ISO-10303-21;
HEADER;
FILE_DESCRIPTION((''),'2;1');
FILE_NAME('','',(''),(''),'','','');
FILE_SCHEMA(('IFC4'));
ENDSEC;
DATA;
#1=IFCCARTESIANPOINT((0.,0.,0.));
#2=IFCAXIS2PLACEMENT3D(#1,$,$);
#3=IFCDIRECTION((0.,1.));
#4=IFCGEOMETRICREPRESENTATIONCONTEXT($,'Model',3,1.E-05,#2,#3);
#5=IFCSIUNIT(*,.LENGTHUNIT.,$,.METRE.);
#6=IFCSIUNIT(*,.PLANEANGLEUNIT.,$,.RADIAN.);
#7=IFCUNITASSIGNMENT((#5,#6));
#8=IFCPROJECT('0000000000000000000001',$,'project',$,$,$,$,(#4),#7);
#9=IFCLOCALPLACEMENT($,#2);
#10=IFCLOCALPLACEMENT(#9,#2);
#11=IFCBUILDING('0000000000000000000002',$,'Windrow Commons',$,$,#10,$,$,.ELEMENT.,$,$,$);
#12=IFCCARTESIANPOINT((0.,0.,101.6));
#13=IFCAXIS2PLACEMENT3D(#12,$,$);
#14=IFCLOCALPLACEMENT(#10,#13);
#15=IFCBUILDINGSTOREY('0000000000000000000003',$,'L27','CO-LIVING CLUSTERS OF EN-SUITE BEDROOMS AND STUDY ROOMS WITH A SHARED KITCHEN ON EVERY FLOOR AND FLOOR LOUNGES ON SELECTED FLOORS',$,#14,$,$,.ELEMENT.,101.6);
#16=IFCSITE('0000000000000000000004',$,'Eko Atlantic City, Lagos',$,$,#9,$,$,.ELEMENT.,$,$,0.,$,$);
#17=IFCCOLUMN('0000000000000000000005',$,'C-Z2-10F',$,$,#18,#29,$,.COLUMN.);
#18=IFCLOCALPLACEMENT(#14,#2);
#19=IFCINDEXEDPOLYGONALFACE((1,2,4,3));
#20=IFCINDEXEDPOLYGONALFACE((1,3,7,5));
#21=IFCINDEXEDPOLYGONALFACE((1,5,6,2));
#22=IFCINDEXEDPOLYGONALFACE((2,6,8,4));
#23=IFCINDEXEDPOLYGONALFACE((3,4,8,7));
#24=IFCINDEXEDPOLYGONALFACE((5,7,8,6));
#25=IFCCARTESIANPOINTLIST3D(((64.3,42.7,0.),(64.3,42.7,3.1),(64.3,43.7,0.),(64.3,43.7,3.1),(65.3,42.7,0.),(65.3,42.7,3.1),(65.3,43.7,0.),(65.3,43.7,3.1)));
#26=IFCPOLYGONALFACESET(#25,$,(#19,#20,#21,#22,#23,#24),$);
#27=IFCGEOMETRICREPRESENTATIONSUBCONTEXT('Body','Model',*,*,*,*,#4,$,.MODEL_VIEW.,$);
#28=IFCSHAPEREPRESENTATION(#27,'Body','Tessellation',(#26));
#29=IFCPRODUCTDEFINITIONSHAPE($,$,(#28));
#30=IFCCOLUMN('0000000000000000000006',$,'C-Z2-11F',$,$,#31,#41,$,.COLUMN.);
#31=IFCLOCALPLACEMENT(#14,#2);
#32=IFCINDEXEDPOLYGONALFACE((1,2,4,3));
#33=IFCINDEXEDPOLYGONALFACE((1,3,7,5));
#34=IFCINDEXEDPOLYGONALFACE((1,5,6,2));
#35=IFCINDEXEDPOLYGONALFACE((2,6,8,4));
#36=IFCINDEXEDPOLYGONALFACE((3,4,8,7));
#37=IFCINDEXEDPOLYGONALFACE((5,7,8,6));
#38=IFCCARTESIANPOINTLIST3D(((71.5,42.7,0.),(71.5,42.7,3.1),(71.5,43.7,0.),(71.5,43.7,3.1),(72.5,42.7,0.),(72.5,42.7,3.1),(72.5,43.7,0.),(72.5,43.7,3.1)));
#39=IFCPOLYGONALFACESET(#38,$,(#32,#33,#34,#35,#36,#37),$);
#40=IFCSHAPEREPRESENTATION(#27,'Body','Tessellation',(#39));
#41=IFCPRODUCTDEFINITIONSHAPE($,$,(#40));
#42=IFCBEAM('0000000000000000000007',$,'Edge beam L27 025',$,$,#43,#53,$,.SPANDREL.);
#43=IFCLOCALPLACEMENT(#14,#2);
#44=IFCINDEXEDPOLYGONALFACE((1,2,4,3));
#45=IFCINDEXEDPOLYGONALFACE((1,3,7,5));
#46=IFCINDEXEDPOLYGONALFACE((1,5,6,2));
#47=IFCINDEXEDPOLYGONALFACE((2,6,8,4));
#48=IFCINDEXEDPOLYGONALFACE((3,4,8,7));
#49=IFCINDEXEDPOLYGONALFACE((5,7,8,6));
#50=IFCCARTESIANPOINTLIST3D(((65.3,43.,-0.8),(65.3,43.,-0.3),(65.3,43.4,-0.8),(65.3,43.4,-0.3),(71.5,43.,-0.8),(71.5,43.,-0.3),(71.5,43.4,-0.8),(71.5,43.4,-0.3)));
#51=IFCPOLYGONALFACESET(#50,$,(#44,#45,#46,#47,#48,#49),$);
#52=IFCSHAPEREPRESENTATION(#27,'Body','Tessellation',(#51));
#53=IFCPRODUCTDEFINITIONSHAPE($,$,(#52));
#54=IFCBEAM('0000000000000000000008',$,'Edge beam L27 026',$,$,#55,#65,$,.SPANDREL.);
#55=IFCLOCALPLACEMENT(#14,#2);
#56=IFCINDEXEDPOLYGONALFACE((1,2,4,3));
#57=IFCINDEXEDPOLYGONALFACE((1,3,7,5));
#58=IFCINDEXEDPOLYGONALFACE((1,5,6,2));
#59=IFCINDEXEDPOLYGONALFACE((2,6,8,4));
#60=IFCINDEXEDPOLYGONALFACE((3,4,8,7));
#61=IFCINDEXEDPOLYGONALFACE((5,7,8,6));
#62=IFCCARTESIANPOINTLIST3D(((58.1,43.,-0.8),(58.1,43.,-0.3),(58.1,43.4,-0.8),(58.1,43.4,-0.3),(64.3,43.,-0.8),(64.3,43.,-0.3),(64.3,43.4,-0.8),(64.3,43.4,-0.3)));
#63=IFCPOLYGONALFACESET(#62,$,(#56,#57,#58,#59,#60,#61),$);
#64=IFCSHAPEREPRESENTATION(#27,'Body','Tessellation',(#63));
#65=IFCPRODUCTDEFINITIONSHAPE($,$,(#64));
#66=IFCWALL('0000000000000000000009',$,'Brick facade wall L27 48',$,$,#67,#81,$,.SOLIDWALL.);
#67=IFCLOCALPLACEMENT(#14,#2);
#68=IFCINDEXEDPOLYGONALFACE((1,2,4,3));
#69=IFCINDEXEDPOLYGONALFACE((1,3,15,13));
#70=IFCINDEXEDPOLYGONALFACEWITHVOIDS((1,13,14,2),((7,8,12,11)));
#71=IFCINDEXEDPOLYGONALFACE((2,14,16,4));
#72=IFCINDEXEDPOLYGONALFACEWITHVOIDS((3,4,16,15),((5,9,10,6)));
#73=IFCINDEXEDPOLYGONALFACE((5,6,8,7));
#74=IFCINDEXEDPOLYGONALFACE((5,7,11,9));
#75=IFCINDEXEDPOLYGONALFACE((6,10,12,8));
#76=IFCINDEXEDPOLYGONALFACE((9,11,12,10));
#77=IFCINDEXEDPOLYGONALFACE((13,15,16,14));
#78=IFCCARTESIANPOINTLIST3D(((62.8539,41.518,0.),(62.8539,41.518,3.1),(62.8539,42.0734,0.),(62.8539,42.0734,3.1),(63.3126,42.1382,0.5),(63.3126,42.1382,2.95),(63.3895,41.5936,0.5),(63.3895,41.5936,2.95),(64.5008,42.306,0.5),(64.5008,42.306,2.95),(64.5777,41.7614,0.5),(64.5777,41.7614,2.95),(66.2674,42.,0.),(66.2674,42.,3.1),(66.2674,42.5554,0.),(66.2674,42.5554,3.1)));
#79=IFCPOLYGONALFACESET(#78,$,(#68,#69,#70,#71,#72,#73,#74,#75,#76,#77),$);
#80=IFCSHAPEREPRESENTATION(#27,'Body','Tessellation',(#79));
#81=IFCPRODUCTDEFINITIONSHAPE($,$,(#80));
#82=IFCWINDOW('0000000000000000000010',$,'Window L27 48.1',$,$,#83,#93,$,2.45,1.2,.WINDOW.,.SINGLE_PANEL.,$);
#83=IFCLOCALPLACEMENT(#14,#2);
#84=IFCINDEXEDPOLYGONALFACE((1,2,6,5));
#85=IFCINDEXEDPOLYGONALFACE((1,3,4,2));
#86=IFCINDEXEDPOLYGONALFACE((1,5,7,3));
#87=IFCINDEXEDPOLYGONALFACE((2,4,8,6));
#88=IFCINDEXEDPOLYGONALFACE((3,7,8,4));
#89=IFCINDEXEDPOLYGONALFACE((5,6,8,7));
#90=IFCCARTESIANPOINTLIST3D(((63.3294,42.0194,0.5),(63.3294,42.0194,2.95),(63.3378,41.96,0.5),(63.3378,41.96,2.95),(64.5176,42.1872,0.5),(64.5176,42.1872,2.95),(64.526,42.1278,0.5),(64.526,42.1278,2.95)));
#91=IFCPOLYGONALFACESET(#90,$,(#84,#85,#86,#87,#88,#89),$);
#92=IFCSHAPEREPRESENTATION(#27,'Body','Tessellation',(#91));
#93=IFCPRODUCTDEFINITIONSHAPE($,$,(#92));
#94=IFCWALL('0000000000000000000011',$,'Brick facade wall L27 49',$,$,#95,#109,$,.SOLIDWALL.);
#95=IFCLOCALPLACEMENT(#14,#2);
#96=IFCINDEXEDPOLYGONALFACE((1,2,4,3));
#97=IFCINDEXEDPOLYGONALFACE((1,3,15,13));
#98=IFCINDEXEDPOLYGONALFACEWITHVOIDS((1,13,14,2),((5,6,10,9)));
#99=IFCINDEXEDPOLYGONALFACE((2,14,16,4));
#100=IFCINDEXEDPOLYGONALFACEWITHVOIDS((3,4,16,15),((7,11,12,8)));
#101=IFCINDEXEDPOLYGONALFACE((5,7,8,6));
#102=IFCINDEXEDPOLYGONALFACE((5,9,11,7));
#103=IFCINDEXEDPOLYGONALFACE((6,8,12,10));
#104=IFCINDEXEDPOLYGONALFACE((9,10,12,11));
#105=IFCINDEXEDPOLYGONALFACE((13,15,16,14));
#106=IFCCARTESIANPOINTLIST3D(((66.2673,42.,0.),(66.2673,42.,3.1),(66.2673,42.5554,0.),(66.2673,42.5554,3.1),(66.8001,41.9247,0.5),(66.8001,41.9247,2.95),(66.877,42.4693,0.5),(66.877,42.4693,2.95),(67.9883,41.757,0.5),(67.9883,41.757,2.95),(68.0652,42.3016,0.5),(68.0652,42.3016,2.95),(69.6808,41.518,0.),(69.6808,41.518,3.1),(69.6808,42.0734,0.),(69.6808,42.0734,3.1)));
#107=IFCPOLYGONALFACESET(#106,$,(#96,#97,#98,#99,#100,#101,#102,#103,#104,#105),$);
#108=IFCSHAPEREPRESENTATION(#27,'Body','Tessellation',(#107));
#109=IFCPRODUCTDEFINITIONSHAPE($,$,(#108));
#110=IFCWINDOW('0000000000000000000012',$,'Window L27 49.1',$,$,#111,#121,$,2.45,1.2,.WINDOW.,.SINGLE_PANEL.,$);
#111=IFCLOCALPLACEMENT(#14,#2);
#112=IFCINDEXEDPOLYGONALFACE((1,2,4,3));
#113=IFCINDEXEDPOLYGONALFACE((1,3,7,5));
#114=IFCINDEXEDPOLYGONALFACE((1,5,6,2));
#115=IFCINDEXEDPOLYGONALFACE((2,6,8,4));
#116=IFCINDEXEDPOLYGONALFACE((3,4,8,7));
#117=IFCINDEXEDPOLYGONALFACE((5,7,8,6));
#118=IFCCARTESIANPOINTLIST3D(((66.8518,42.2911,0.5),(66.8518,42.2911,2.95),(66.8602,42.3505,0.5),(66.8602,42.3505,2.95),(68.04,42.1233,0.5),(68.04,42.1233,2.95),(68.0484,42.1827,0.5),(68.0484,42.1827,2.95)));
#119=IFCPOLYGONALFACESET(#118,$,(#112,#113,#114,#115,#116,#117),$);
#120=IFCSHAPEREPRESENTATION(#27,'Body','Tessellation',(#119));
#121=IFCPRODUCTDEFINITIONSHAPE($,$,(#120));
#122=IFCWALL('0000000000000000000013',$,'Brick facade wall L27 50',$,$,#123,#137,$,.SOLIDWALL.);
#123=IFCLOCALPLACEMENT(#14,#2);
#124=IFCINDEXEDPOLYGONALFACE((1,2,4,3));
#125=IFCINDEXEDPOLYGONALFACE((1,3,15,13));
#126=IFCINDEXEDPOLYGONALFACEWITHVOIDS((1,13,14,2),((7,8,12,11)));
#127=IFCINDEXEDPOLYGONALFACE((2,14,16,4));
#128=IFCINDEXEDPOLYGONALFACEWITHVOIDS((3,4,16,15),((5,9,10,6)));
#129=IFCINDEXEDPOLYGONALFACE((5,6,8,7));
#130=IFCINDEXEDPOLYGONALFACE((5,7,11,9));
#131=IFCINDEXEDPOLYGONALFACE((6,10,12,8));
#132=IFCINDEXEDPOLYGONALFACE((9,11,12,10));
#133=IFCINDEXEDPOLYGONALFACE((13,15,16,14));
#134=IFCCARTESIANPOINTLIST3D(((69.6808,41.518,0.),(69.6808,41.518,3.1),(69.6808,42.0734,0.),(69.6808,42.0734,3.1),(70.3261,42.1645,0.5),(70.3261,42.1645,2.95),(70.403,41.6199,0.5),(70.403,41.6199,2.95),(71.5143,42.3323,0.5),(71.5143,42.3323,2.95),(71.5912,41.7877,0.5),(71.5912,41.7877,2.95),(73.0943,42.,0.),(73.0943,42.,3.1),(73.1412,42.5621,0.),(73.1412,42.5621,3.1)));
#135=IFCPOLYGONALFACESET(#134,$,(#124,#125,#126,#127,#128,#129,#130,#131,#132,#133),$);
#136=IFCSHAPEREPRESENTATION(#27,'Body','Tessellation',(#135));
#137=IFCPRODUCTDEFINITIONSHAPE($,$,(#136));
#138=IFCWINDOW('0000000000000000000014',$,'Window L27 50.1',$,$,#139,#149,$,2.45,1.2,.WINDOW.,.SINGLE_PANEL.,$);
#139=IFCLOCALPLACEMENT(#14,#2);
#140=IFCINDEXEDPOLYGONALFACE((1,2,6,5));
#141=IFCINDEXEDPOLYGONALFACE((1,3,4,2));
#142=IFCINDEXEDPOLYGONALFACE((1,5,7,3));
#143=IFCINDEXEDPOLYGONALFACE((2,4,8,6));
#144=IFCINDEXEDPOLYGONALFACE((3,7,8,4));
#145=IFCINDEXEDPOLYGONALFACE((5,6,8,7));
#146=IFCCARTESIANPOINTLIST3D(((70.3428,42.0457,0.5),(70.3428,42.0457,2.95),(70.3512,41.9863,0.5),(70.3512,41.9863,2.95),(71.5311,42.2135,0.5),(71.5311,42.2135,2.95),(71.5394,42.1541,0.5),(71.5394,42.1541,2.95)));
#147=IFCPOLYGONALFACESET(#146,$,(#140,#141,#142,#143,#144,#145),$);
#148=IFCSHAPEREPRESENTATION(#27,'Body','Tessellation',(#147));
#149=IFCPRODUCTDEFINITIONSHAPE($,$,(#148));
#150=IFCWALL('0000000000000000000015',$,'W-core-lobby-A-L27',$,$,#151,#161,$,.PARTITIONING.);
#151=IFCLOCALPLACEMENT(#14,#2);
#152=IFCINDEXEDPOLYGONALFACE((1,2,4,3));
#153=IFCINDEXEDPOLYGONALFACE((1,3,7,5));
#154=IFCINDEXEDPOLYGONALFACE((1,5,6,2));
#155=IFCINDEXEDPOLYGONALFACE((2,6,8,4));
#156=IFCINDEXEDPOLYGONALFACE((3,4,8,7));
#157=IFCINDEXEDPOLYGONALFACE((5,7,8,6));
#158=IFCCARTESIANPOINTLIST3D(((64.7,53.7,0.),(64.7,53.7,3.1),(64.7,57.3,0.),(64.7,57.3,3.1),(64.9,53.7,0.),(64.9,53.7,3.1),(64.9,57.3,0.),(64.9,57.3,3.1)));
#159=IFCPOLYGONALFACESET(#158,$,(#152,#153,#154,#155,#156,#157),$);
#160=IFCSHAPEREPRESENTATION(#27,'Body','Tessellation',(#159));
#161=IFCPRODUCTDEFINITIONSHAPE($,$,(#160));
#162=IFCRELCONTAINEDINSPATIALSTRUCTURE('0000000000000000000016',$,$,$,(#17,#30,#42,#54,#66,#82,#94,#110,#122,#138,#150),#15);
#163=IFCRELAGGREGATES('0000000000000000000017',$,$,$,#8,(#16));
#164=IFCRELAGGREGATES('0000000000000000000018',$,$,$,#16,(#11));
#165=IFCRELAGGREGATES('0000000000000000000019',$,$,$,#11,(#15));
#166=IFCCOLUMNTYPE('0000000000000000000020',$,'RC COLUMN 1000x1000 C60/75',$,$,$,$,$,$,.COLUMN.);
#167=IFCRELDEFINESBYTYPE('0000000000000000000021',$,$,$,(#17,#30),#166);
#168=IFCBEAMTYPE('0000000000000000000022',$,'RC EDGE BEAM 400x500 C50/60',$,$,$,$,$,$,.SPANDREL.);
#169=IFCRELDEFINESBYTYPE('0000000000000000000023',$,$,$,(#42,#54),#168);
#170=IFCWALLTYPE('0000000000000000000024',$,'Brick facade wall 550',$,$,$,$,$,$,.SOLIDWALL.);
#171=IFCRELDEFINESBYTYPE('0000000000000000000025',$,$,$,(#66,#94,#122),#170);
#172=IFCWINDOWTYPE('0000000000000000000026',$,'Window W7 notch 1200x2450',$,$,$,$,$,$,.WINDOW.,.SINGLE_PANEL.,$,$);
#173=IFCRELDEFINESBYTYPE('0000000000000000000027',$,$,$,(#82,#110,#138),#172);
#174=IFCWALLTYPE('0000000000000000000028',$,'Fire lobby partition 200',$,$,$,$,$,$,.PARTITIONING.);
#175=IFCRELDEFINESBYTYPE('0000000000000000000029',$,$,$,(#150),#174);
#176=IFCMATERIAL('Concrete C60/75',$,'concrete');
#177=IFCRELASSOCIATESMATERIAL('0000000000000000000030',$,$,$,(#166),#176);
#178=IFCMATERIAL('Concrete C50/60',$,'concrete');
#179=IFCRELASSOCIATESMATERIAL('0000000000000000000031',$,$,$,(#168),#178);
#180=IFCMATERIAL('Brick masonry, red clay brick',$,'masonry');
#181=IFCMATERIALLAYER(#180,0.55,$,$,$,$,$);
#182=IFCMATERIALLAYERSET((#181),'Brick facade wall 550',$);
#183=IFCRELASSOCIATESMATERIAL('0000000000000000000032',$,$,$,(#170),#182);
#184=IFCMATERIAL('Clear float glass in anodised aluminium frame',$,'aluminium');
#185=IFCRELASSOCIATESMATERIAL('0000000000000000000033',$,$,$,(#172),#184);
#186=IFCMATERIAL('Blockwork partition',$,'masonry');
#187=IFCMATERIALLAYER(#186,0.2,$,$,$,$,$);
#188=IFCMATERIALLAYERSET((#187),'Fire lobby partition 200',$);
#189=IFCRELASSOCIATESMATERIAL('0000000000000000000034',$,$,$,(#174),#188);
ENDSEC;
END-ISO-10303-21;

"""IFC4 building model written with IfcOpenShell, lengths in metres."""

from ifc_helpers import new_model, si_unit, direction, frame, frame_2d, origin, origin_2d, place, context, subcontext, project, spatial, polyline, rectangle, outline, extrude, material, layer, layer_set, material_profile, profile_set, type_object, element, fill, save


model = new_model("IFC4")

# Units and contexts
model_context = context("Model", 3, precision=1e-05, world=origin(), true_north=direction((0.0, 1.0)))
body_context = subcontext(model_context, "Body", "Model", "MODEL_VIEW")
ifc_project = project(units=[si_unit("LENGTHUNIT", "METRE"), si_unit("PLANEANGLEUNIT", "RADIAN")], contexts=[model_context])

# Site, building, storey
site_placement = place(None, origin())
site = spatial("IfcSite", under=ifc_project, at=site_placement, Name="Eko Atlantic City, Lagos", CompositionType="ELEMENT", RefElevation=0.0)
building_placement = place(site_placement, origin())
building = spatial("IfcBuilding", under=site, at=building_placement, Name="Windrow Commons", CompositionType="ELEMENT")
storey_placement = place(building_placement, frame((0.0, 0.0, 101.6)))
storey = spatial("IfcBuildingStorey", under=building, at=storey_placement, Name="L27", Description="CO-LIVING CLUSTERS OF EN-SUITE BEDROOMS AND STUDY ROOMS WITH A SHARED KITCHEN ON EVERY FLOOR AND FLOOR LOUNGES ON SELECTED FLOORS", CompositionType="ELEMENT", Elevation=101.6)

# Columns
ifc_material_1 = material(Name="Concrete C60/75", Category="concrete")
ifc_material_profile_1 = material_profile(ifc_material_1, rectangle(XDim=1.0, YDim=1.0, at=origin_2d()))
ifc_profile_set_1 = profile_set([ifc_material_profile_1], Name="Concrete C60/75")
column_type = type_object("IfcColumnType", Name="RC COLUMN 1000x1000 C60/75", PredefinedType="COLUMN", material=ifc_profile_set_1)
for number, where, z_axis, x_axis, name in (
    (1, (64.8, 43.2, 0.0), (0.0, 0.0, 1.0), (1.0, 0.0, 0.0), "C-Z2-10F"),
    (2, (72.0, 43.2, 0.0), (0.0, 0.0, 1.0), (1.0, 0.0, 0.0), "C-Z2-11F"),
):
    element("IfcColumn", number, at=place(storey_placement, frame(where, z_axis=z_axis, x_axis=x_axis)), inside=storey, type_object=column_type, Name=name, PredefinedType="COLUMN", context=body_context, shape_type="SweptSolid", body=[
        extrude(rectangle(XDim=1.0, YDim=1.0, at=origin_2d()), origin(), (0.0, 0.0, 1.0), 3.1),
    ])

# Beams
ifc_material_2 = material(Name="Concrete C50/60", Category="concrete")
ifc_material_profile_2 = material_profile(ifc_material_2, rectangle(XDim=0.4, YDim=0.5, at=origin_2d()))
ifc_profile_set_2 = profile_set([ifc_material_profile_2], Name="Concrete C50/60")
beam_type = type_object("IfcBeamType", Name="RC EDGE BEAM 400x500 C50/60", PredefinedType="SPANDREL", material=ifc_profile_set_2)
for number, where, z_axis, x_axis, name in (
    (3, (71.5, 43.2, -0.55), (-1.0, 0.0, 0.0), (0.0, -1.0, 0.0), "Edge beam L27 025"),
    (4, (64.3, 43.2, -0.55), (-1.0, 0.0, 0.0), (0.0, -1.0, 0.0), "Edge beam L27 026"),
):
    element("IfcBeam", number, at=place(storey_placement, frame(where, z_axis=z_axis, x_axis=x_axis)), inside=storey, type_object=beam_type, Name=name, PredefinedType="SPANDREL", context=body_context, shape_type="SweptSolid", body=[
        extrude(rectangle(XDim=0.4, YDim=0.5, at=origin_2d()), origin(), (0.0, 0.0, 1.0), 6.2),
    ])

# Walls, openings, windows
ifc_material_3 = material(Name="Brick masonry, red clay brick", Category="masonry")
ifc_layer_1 = layer(ifc_material_3, 0.55)
ifc_layer_set_1 = layer_set([ifc_layer_1], Name="Brick facade wall 550")
wall_type_1 = type_object("IfcWallType", Name="Brick facade wall 550", PredefinedType="SOLIDWALL", material=ifc_layer_set_1)
wall_1_placement = place(storey_placement, frame((62.8539, 41.7957, 0.0), z_axis=(0.0, 0.0, 1.0), x_axis=(0.990177, 0.139821, 0.0)))
wall_1 = element("IfcWall", 5, at=wall_1_placement, inside=storey, type_object=wall_type_1, Name="Brick facade wall L27 48", PredefinedType="SOLIDWALL", context=body_context, shape_type="SweptSolid", body=[
    extrude(outline(polyline([(-0.0388, -0.275), (3.4085, -0.275), (3.4862, 0.275), (0.0388, 0.275), (-0.0388, -0.275)])), origin(), (0.0, 0.0, 1.0), 3.1),
])
opening_1_placement = place(wall_1_placement, frame((0.5021, 0.0, 0.5)))
opening_1 = element("IfcOpeningElement", 6, at=opening_1_placement, cuts=wall_1, PredefinedType="OPENING", context=body_context, shape_type="SweptSolid", body=[
    extrude(rectangle(XDim=1.2, YDim=2.45, at=frame_2d((0.6, 1.225))), frame((0.0, 0.285, 0.0), z_axis=(0.0, -1.0, 0.0), x_axis=(1.0, 0.0, 0.0)), (0.0, 0.0, 1.0), 0.57),
])
ifc_material_4 = material(Name="Clear float glass in anodised aluminium frame", Category="aluminium")
window_type = type_object("IfcWindowType", Name="Window W7 notch 1200x2450", PartitioningType="SINGLE_PANEL", PredefinedType="WINDOW", material=ifc_material_4)
window_1_placement = place(opening_1_placement, origin())
window_1 = element("IfcWindow", 7, at=window_1_placement, inside=storey, type_object=window_type, Name="Window L27 48.1", OverallHeight=2.45, OverallWidth=1.2, PartitioningType="SINGLE_PANEL", PredefinedType="WINDOW", context=body_context, shape_type="SweptSolid", body=[
    extrude(rectangle(XDim=1.2, YDim=2.45, at=frame_2d((0.6, 1.225))), frame((0.0, 0.155, 0.0), z_axis=(0.0, -1.0, 0.0), x_axis=(1.0, 0.0, 0.0)), (0.0, 0.0, 1.0), 0.06),
])
fill(opening_1, window_1)
wall_2_placement = place(storey_placement, frame((66.2673, 42.2777, 0.0), z_axis=(0.0, 0.0, 1.0), x_axis=(0.990177, -0.139817, 0.0)))
wall_2 = element("IfcWall", 8, at=wall_2_placement, inside=storey, type_object=wall_type_1, Name="Brick facade wall L27 49", PredefinedType="SOLIDWALL", context=body_context, shape_type="SweptSolid", body=[
    extrude(outline(polyline([(0.0388, -0.275), (3.4862, -0.275), (3.4085, 0.275), (-0.0388, 0.275), (0.0388, -0.275)])), origin(), (0.0, 0.0, 1.0), 3.1),
])
opening_2_placement = place(wall_2_placement, frame((0.5769, 0.0, 0.5)))
opening_2 = element("IfcOpeningElement", 9, at=opening_2_placement, cuts=wall_2, PredefinedType="OPENING", context=body_context, shape_type="SweptSolid", body=[
    extrude(rectangle(XDim=1.2, YDim=2.45, at=frame_2d((0.6, 1.225))), frame((0.0, 0.285, 0.0), z_axis=(0.0, -1.0, 0.0), x_axis=(1.0, 0.0, 0.0)), (0.0, 0.0, 1.0), 0.57),
])
window_2_placement = place(opening_2_placement, origin())
window_2 = element("IfcWindow", 10, at=window_2_placement, inside=storey, type_object=window_type, Name="Window L27 49.1", OverallHeight=2.45, OverallWidth=1.2, PartitioningType="SINGLE_PANEL", PredefinedType="WINDOW", context=body_context, shape_type="SweptSolid", body=[
    extrude(rectangle(XDim=1.2, YDim=2.45, at=frame_2d((0.6, 1.225))), frame((0.0, 0.155, 0.0), z_axis=(0.0, -1.0, 0.0), x_axis=(1.0, 0.0, 0.0)), (0.0, 0.0, 1.0), 0.06),
])
fill(opening_2, window_2)
wall_3_placement = place(storey_placement, frame((69.6808, 41.7957, 0.0), z_axis=(0.0, 0.0, 1.0), x_axis=(0.990178, 0.139816, 0.0)))
wall_3 = element("IfcWall", 11, at=wall_3_placement, inside=storey, type_object=wall_type_1, Name="Brick facade wall L27 50", PredefinedType="SOLIDWALL", context=body_context, shape_type="SweptSolid", body=[
    extrude(outline(polyline([(-0.0388, -0.275), (3.4085, -0.275), (3.5336, 0.275), (0.0388, 0.275), (-0.0388, -0.275)])), origin(), (0.0, 0.0, 1.0), 3.1),
])
opening_3_placement = place(wall_3_placement, frame((0.6905, 0.0, 0.5)))
opening_3 = element("IfcOpeningElement", 12, at=opening_3_placement, cuts=wall_3, PredefinedType="OPENING", context=body_context, shape_type="SweptSolid", body=[
    extrude(rectangle(XDim=1.2, YDim=2.45, at=frame_2d((0.6, 1.225))), frame((0.0, 0.285, 0.0), z_axis=(0.0, -1.0, 0.0), x_axis=(1.0, 0.0, 0.0)), (0.0, 0.0, 1.0), 0.57),
])
window_3_placement = place(opening_3_placement, origin())
window_3 = element("IfcWindow", 13, at=window_3_placement, inside=storey, type_object=window_type, Name="Window L27 50.1", OverallHeight=2.45, OverallWidth=1.2, PartitioningType="SINGLE_PANEL", PredefinedType="WINDOW", context=body_context, shape_type="SweptSolid", body=[
    extrude(rectangle(XDim=1.2, YDim=2.45, at=frame_2d((0.6, 1.225))), frame((0.0, 0.155, 0.0), z_axis=(0.0, -1.0, 0.0), x_axis=(1.0, 0.0, 0.0)), (0.0, 0.0, 1.0), 0.06),
])
fill(opening_3, window_3)

# Wall
ifc_material_5 = material(Name="Blockwork partition", Category="masonry")
ifc_layer_2 = layer(ifc_material_5, 0.2)
ifc_layer_set_2 = layer_set([ifc_layer_2], Name="Fire lobby partition 200")
wall_type_2 = type_object("IfcWallType", Name="Fire lobby partition 200", PredefinedType="PARTITIONING", material=ifc_layer_set_2)
wall_4_placement = place(storey_placement, frame((64.8, 53.7, 0.0), z_axis=(0.0, 0.0, 1.0), x_axis=(0.0, 1.0, 0.0)))
element("IfcWall", 14, at=wall_4_placement, inside=storey, type_object=wall_type_2, Name="W-core-lobby-A-L27", PredefinedType="PARTITIONING", context=body_context, shape_type="SweptSolid", body=[
    extrude(rectangle(XDim=3.6, YDim=0.2, at=frame_2d((1.8, 0.0))), origin(), (0.0, 0.0, 1.0), 3.1),
])

save(model, "model.ifc")
